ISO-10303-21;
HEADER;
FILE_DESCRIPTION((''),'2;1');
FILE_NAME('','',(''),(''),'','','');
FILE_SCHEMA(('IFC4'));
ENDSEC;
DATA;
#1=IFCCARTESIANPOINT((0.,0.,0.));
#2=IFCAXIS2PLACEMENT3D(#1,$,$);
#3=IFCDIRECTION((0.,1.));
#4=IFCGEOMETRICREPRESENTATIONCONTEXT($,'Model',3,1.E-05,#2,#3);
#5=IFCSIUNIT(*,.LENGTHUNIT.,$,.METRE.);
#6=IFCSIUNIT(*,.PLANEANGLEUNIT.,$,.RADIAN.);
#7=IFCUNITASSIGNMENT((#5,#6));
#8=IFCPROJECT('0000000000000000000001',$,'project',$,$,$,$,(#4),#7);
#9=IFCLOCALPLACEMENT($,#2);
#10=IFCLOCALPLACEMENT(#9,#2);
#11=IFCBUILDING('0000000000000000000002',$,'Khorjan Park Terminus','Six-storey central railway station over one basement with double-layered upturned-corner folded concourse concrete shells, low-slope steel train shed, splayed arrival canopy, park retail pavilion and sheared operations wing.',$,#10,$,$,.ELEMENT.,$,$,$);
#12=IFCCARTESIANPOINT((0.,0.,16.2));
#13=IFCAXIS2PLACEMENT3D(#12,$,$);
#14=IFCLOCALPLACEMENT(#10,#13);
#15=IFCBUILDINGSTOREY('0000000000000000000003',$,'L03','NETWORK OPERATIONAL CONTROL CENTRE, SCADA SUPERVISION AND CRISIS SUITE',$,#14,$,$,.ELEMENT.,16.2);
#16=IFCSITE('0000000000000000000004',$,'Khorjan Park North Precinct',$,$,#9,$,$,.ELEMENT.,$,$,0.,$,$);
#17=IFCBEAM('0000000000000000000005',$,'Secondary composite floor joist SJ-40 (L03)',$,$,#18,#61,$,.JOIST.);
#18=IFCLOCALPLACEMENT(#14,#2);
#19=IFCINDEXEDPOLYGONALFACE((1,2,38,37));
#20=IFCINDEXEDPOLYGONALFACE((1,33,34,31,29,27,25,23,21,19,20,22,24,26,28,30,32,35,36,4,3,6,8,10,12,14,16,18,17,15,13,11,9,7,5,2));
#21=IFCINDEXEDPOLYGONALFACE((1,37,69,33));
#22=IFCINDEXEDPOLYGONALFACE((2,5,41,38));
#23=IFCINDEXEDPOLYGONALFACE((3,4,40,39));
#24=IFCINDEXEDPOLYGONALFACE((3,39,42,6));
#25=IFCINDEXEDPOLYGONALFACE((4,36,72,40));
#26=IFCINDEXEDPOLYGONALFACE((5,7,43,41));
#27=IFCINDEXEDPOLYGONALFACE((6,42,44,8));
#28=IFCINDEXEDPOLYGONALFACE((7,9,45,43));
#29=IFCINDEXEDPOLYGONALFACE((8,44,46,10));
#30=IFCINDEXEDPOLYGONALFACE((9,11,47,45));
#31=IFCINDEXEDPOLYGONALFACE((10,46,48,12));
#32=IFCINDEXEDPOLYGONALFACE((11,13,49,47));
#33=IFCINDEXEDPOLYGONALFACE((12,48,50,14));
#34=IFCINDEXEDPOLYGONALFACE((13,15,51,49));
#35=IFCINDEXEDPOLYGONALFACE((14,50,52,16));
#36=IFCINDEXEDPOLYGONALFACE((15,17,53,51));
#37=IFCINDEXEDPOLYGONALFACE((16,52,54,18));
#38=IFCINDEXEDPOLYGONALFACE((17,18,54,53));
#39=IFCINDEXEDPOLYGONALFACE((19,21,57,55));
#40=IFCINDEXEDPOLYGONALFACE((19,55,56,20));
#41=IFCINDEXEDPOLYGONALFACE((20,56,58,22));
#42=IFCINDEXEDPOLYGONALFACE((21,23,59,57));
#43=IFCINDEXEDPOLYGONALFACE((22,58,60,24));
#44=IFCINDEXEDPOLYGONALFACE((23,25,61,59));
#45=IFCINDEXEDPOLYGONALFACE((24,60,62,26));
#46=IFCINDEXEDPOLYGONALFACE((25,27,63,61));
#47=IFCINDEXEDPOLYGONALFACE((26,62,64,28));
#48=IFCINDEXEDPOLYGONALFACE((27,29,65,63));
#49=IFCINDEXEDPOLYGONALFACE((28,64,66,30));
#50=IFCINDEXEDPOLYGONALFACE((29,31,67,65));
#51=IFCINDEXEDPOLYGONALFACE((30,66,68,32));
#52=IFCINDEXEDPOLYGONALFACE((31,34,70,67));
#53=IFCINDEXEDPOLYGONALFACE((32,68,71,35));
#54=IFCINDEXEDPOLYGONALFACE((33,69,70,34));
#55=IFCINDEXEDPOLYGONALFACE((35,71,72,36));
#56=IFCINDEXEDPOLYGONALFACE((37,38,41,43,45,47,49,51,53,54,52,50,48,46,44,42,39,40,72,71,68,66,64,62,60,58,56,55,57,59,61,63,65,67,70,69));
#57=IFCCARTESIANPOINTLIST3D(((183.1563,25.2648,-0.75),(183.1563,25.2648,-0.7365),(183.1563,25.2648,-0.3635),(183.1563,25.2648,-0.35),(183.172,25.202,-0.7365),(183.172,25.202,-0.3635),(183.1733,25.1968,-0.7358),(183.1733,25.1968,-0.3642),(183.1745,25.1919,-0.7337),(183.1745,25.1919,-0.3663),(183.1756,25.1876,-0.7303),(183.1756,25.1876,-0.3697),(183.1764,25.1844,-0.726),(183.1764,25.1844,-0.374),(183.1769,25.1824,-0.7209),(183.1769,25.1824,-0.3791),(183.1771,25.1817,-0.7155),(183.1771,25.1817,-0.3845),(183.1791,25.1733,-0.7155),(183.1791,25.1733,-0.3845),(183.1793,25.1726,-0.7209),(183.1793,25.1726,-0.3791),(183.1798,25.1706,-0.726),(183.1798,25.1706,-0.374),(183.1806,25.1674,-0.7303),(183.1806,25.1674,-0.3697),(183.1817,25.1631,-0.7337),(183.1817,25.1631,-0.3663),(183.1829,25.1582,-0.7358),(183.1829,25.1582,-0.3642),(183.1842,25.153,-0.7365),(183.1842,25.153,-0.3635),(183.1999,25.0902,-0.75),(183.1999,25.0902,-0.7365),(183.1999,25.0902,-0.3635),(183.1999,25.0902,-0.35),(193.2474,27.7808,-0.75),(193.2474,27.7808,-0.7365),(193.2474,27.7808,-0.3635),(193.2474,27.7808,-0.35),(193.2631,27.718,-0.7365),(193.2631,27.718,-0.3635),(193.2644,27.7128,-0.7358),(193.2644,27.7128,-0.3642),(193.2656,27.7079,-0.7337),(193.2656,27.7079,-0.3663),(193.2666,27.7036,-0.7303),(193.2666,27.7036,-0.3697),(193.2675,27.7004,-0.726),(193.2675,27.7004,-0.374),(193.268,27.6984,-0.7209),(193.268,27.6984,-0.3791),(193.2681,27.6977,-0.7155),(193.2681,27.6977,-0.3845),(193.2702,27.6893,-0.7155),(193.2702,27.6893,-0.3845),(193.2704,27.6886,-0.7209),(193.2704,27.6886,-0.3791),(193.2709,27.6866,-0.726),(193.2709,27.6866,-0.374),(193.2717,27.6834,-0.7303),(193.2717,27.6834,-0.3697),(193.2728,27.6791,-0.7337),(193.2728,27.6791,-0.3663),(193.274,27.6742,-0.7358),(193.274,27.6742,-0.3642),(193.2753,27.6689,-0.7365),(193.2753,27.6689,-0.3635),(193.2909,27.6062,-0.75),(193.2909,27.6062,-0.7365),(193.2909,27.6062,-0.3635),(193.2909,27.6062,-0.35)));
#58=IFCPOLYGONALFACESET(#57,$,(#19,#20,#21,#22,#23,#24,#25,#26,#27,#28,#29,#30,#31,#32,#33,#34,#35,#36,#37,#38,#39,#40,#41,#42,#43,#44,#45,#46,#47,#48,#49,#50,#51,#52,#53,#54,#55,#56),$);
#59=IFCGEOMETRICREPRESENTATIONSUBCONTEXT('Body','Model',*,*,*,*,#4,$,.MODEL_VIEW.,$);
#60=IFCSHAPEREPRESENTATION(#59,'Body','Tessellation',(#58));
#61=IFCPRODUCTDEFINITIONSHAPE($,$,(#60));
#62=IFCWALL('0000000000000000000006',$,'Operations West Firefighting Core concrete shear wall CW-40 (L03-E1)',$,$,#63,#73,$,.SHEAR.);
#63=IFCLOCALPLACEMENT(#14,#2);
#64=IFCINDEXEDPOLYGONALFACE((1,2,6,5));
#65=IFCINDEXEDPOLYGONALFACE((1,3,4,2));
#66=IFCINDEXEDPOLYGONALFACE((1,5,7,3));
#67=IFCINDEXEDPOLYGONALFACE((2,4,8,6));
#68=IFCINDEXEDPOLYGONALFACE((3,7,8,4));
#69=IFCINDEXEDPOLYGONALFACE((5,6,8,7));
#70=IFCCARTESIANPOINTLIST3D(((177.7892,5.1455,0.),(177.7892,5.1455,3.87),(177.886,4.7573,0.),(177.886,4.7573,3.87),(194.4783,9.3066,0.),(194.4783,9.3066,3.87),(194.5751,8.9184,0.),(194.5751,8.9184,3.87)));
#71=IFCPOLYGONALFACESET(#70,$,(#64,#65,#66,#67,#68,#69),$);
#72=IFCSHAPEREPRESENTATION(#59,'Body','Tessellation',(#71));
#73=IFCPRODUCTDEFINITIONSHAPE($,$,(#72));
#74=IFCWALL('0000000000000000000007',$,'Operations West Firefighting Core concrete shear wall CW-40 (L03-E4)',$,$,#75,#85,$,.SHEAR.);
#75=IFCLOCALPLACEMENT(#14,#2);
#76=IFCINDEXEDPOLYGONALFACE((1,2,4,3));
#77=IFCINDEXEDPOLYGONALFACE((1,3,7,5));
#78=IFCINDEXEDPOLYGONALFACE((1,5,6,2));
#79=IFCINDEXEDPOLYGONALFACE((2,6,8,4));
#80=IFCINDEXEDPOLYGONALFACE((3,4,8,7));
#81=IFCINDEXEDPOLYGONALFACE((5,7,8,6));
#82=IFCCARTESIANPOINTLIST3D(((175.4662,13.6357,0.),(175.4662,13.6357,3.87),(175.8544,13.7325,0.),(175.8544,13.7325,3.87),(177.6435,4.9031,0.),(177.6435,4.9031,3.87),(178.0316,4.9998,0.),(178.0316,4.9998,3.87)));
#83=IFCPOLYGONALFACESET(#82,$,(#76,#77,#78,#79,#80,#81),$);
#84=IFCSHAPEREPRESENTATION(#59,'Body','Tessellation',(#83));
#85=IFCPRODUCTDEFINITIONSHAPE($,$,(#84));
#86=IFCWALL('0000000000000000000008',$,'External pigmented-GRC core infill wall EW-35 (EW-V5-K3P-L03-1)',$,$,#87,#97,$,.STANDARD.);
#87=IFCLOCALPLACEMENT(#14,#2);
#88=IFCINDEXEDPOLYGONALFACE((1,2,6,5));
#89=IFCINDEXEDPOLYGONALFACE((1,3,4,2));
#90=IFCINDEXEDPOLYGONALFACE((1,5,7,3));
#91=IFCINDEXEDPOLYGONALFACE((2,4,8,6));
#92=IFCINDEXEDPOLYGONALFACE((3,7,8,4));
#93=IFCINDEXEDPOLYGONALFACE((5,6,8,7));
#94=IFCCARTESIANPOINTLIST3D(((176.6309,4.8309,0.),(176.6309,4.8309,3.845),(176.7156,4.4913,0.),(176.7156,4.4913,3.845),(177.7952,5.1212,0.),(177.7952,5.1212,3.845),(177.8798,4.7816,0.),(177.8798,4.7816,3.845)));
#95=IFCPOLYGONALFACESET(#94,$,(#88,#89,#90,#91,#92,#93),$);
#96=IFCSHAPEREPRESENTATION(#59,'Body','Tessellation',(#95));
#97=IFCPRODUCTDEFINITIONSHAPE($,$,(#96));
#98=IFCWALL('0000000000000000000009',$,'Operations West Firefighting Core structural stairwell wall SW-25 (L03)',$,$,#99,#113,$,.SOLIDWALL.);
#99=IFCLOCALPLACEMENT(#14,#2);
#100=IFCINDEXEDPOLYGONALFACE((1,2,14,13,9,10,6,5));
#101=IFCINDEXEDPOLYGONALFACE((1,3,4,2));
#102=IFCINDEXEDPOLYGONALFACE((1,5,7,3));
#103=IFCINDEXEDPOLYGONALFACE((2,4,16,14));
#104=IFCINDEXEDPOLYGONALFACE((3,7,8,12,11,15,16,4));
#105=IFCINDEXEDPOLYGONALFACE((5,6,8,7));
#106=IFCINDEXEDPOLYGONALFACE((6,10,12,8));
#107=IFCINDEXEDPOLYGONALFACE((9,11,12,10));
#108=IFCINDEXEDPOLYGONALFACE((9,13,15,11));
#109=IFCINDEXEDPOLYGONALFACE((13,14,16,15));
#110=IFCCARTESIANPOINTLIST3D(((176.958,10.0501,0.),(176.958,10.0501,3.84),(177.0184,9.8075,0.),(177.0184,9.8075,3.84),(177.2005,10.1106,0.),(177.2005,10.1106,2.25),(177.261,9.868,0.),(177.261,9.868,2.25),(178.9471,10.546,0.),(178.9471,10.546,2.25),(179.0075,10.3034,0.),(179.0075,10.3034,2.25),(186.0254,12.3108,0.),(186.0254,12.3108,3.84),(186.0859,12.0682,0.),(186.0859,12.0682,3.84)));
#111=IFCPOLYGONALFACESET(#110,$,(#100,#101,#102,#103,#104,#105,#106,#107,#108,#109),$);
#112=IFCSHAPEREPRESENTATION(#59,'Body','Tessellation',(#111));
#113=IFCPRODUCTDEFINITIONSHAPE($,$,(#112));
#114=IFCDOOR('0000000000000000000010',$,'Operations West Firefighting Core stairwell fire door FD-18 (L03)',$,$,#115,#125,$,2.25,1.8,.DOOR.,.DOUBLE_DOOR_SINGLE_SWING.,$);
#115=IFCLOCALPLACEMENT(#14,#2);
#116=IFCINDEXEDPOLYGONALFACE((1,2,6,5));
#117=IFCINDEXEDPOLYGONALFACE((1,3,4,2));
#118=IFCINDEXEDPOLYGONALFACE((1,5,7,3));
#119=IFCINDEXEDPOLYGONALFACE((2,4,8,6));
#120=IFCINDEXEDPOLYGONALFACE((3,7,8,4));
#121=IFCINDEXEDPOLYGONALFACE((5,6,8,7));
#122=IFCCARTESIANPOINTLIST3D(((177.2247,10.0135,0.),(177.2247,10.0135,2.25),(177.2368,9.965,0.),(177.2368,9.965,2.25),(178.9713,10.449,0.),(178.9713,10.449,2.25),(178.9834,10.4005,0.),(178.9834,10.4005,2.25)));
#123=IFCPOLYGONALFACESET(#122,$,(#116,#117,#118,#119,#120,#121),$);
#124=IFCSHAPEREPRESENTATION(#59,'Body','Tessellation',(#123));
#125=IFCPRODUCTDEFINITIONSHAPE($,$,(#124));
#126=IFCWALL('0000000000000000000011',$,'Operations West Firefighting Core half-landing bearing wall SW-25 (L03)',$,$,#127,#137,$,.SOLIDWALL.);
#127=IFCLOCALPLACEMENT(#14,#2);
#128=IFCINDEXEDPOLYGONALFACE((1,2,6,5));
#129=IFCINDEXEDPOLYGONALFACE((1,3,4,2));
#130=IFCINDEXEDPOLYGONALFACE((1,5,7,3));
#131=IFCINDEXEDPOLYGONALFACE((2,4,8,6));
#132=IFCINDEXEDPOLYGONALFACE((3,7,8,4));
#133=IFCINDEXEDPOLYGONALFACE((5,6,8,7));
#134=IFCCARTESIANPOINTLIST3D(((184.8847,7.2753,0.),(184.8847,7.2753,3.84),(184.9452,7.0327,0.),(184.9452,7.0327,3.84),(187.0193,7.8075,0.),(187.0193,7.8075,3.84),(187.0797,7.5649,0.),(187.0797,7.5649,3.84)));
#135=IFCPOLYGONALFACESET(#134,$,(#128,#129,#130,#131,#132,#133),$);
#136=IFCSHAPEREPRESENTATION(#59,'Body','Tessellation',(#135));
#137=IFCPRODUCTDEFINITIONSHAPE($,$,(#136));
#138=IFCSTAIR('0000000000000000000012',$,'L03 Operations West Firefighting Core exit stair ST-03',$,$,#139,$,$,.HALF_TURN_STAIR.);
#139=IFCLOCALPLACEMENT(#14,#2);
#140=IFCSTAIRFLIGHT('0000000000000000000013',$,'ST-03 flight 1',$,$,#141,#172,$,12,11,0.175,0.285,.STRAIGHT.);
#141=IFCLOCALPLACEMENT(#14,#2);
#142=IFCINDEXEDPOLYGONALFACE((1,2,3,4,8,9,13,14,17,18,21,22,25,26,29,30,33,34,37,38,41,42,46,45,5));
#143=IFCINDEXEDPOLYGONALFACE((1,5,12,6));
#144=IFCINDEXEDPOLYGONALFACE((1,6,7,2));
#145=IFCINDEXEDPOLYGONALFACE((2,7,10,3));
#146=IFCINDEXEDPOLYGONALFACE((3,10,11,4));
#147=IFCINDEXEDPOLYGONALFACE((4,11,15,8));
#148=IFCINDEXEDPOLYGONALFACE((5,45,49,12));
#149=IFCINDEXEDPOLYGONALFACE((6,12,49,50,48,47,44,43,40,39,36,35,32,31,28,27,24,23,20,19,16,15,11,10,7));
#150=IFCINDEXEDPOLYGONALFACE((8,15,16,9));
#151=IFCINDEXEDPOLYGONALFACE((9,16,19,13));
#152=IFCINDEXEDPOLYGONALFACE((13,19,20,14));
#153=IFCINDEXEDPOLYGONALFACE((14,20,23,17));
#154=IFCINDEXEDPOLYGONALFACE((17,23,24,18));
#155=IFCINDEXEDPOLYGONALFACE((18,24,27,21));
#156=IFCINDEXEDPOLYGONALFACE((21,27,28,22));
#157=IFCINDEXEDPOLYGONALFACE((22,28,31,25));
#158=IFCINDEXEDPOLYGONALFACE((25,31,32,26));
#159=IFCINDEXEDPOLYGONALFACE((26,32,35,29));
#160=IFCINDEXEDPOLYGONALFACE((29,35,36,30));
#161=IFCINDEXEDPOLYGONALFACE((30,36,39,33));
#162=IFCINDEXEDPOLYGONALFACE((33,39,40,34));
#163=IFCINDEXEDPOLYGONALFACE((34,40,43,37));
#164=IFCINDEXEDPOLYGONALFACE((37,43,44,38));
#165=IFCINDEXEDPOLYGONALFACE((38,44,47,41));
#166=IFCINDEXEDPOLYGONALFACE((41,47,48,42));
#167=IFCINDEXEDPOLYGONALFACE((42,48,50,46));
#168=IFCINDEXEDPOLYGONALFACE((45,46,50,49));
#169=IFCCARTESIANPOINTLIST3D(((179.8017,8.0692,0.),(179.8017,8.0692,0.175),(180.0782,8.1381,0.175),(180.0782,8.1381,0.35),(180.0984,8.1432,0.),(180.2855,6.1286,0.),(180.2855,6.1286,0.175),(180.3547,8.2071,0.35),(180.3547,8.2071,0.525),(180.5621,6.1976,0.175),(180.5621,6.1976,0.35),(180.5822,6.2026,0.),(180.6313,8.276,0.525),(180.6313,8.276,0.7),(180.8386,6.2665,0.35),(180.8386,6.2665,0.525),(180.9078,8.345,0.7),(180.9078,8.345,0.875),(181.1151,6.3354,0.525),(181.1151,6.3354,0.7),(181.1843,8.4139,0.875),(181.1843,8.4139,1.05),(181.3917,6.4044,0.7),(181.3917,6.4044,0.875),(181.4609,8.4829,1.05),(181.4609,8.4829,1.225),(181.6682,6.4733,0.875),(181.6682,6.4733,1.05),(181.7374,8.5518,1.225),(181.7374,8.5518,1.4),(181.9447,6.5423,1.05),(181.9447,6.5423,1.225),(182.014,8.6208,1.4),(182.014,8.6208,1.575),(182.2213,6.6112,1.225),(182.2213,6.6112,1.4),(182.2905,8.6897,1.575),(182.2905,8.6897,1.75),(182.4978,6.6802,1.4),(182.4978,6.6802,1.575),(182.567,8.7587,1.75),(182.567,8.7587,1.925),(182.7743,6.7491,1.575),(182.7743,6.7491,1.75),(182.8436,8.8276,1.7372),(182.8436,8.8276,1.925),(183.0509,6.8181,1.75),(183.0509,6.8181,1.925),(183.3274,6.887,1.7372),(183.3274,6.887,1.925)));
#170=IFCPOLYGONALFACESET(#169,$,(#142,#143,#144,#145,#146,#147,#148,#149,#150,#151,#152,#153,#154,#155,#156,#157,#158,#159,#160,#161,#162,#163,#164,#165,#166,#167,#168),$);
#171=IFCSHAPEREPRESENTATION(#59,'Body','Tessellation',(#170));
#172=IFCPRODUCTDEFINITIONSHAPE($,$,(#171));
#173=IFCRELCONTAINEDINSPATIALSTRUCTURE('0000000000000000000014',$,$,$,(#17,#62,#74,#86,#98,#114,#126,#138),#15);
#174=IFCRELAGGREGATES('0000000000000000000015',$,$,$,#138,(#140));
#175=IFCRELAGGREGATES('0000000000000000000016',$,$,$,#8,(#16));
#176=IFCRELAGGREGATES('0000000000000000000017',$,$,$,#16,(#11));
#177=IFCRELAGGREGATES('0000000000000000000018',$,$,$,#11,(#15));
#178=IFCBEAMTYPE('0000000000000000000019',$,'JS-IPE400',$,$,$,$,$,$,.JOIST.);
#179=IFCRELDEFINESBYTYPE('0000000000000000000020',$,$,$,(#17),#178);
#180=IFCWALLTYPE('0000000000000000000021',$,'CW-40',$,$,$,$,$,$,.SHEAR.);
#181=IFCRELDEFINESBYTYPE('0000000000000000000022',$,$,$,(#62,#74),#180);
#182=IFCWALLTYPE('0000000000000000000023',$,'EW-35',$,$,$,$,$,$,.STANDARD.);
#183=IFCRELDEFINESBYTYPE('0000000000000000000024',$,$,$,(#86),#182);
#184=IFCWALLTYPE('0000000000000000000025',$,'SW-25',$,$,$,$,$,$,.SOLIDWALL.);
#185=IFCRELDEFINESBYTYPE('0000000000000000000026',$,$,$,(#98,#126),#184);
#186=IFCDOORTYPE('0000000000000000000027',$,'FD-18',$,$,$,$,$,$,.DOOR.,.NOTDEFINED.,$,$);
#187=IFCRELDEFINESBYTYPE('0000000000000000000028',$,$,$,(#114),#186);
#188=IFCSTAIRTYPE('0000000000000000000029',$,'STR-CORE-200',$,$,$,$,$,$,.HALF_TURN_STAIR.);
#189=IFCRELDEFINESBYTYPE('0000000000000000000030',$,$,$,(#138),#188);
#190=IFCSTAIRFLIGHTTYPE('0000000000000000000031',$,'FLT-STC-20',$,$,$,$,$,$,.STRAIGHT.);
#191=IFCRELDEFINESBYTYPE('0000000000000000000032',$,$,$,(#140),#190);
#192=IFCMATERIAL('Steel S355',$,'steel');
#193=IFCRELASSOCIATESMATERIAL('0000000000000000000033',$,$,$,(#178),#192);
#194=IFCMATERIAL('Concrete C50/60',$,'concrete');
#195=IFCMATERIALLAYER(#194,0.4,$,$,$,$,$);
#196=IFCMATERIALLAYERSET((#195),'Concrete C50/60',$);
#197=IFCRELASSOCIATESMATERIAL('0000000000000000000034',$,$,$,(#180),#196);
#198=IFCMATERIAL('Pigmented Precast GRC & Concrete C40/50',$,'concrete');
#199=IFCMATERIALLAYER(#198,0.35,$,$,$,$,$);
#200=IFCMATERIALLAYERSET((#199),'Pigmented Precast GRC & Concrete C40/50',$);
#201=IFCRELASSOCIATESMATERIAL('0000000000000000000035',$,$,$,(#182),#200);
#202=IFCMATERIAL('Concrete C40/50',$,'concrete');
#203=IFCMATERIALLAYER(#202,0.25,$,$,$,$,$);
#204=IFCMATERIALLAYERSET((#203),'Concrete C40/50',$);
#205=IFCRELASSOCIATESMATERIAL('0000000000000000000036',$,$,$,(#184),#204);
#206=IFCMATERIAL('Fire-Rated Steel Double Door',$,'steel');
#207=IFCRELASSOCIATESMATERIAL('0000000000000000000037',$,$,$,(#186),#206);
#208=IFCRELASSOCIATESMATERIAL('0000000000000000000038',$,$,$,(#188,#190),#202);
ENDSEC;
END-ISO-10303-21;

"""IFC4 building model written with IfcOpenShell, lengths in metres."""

from ifc_helpers import new_model, si_unit, direction, frame, frame_2d, origin, origin_2d, place, context, subcontext, project, spatial, polyline, rectangle, i_section, outline, extrude, material, layer, layer_set, material_profile, profile_set, type_object, element, fill, aggregate, save


model = new_model("IFC4")

# Units and contexts
model_context = context("Model", 3, precision=1e-05, world=origin(), true_north=direction((0.0, 1.0)))
body_context = subcontext(model_context, "Body", "Model", "MODEL_VIEW")
ifc_project = project(units=[si_unit("LENGTHUNIT", "METRE"), si_unit("PLANEANGLEUNIT", "RADIAN")], contexts=[model_context])

# Site, building, storey
site_placement = place(None, origin())
site = spatial("IfcSite", under=ifc_project, at=site_placement, Name="Khorjan Park North Precinct", CompositionType="ELEMENT", RefElevation=0.0)
building_placement = place(site_placement, origin())
building = spatial("IfcBuilding", under=site, at=building_placement, Name="Khorjan Park Terminus", Description="Six-storey central railway station over one basement with double-layered upturned-corner folded concourse concrete shells, low-slope steel train shed, splayed arrival canopy, park retail pavilion and sheared operations wing.", CompositionType="ELEMENT")
storey_placement = place(building_placement, frame((0.0, 0.0, 16.2)))
storey = spatial("IfcBuildingStorey", under=building, at=storey_placement, Name="L03", Description="NETWORK OPERATIONAL CONTROL CENTRE, SCADA SUPERVISION AND CRISIS SUITE", CompositionType="ELEMENT", Elevation=16.2)

# Shared definitions
ifc_material_1 = material(Name="Concrete C50/60", Category="concrete")

# Beam
ifc_material_2 = material(Name="Steel S355", Category="steel")
ifc_material_3 = material(Name="Concrete C40/50", Category="concrete")
ifc_material_profile_1 = material_profile(ifc_material_2, i_section(OverallWidth=0.18, OverallDepth=0.4, WebThickness=0.0086, FlangeThickness=0.0135, FilletRadius=0.021, at=origin_2d()), Name="IPE 400")
ifc_profile_set_1 = profile_set([ifc_material_profile_1], Name="Steel S355")
beam_type_1 = type_object("IfcBeamType", Name="JS-IPE400", PredefinedType="JOIST", material=ifc_profile_set_1)
beam_1_placement = place(storey_placement, frame((183.1781, 25.1775, -0.55), z_axis=(0.970296, 0.241922, 0.0), x_axis=(-0.241922, 0.970296, 0.0)))
element("IfcBeam", 1, at=beam_1_placement, inside=storey, type_object=beam_type_1, Name="Secondary composite floor joist SJ-40 (L03)", PredefinedType="JOIST", context=body_context, shape_type="SweptSolid", body=[
    extrude(i_section(OverallWidth=0.18, OverallDepth=0.4, WebThickness=0.0086, FlangeThickness=0.0135, FilletRadius=0.021, at=origin_2d()), origin(), (0.0, 0.0, 1.0), 10.4),
])

# Walls
ifc_layer_1 = layer(ifc_material_1, 0.4)
ifc_layer_set_1 = layer_set([ifc_layer_1], Name="Concrete C50/60")
wall_type_1 = type_object("IfcWallType", Name="CW-40", PredefinedType="SHEAR", material=ifc_layer_set_1)
wall_1_placement = place(storey_placement, frame((177.8376, 4.9514, 0.0), z_axis=(0.0, 0.0, 1.0), x_axis=(0.970295, 0.241924, 0.0)))
element("IfcWall", 2, at=wall_1_placement, inside=storey, type_object=wall_type_1, Name="Operations West Firefighting Core concrete shear wall CW-40 (L03-E1)", PredefinedType="SHEAR", context=body_context, shape_type="SweptSolid", body=[
    extrude(rectangle(XDim=17.2, YDim=0.4, at=frame_2d((8.6, 0.0))), origin(), (0.0, 0.0, 1.0), 3.87),
])
wall_2_placement = place(storey_placement, frame((175.6603, 13.6841, 0.0), z_axis=(0.0, 0.0, 1.0), x_axis=(0.241921, -0.970296, 0.0)))
element("IfcWall", 3, at=wall_2_placement, inside=storey, type_object=wall_type_1, Name="Operations West Firefighting Core concrete shear wall CW-40 (L03-E4)", PredefinedType="SHEAR", context=body_context, shape_type="SweptSolid", body=[
    extrude(rectangle(XDim=9.0, YDim=0.4, at=frame_2d((4.5, 0.0))), origin(), (0.0, 0.0, 1.0), 3.87),
])
ifc_material_4 = material(Name="Pigmented Precast GRC & Concrete C40/50", Category="concrete")
ifc_layer_2 = layer(ifc_material_4, 0.35)
ifc_layer_set_2 = layer_set([ifc_layer_2], Name="Pigmented Precast GRC & Concrete C40/50")
wall_type_2 = type_object("IfcWallType", Name="EW-35", PredefinedType="STANDARD", material=ifc_layer_set_2)
wall_3_placement = place(storey_placement, frame((176.6733, 4.6611, 0.0), z_axis=(0.0, 0.0, 1.0), x_axis=(0.970294, 0.241928, 0.0)))
element("IfcWall", 4, at=wall_3_placement, inside=storey, type_object=wall_type_2, Name="External pigmented-GRC core infill wall EW-35 (EW-V5-K3P-L03-1)", PredefinedType="STANDARD", context=body_context, shape_type="SweptSolid", body=[
    extrude(rectangle(XDim=1.1999, YDim=0.35, at=frame_2d((0.5999, 0.0))), origin(), (0.0, 0.0, 1.0), 3.845),
])

# Wall, opening, door
ifc_layer_3 = layer(ifc_material_3, 0.25)
ifc_layer_set_3 = layer_set([ifc_layer_3], Name="Concrete C40/50")
wall_type_3 = type_object("IfcWallType", Name="SW-25", PredefinedType="SOLIDWALL", material=ifc_layer_set_3)
wall_4_placement = place(storey_placement, frame((176.9882, 9.9288, 0.0), z_axis=(0.0, 0.0, 1.0), x_axis=(0.970297, 0.241916, 0.0)))
wall_4 = element("IfcWall", 5, at=wall_4_placement, inside=storey, type_object=wall_type_3, Name="Operations West Firefighting Core structural stairwell wall SW-25 (L03)", PredefinedType="SOLIDWALL", context=body_context, shape_type="SweptSolid", body=[
    extrude(rectangle(XDim=9.345, YDim=0.25, at=frame_2d((4.6725, 0.0))), origin(), (0.0, 0.0, 1.0), 3.84),
])
opening_placement = place(wall_4_placement, frame((0.25, 0.0, 0.0)))
opening = element("IfcOpeningElement", 6, at=opening_placement, cuts=wall_4, PredefinedType="OPENING", context=body_context, shape_type="SweptSolid", body=[
    extrude(rectangle(XDim=1.8, YDim=2.25, at=frame_2d((0.9, 1.125))), frame((0.0, 0.135, 0.0), z_axis=(0.0, -1.0, 0.0), x_axis=(1.0, 0.0, 0.0)), (0.0, 0.0, 1.0), 0.27),
])
ifc_material_5 = material(Name="Fire-Rated Steel Double Door", Category="steel")
door_type = type_object("IfcDoorType", Name="FD-18", OperationType="NOTDEFINED", PredefinedType="DOOR", material=ifc_material_5)
door_placement = place(opening_placement, origin())
door = element("IfcDoor", 7, at=door_placement, inside=storey, type_object=door_type, Name="Operations West Firefighting Core stairwell fire door FD-18 (L03)", OperationType="DOUBLE_DOOR_SINGLE_SWING", OverallHeight=2.25, OverallWidth=1.8, PredefinedType="DOOR", context=body_context, shape_type="SweptSolid", body=[
    extrude(rectangle(XDim=1.8, YDim=2.25, at=frame_2d((0.9, 1.125))), frame((0.0, 0.025, 0.0), z_axis=(0.0, -1.0, 0.0), x_axis=(1.0, 0.0, 0.0)), (0.0, 0.0, 1.0), 0.05),
])
fill(opening, door)

# Wall
wall_5_placement = place(storey_placement, frame((184.915, 7.154, 0.0), z_axis=(0.0, 0.0, 1.0), x_axis=(0.970297, 0.241915, 0.0)))
element("IfcWall", 8, at=wall_5_placement, inside=storey, type_object=wall_type_3, Name="Operations West Firefighting Core half-landing bearing wall SW-25 (L03)", PredefinedType="SOLIDWALL", context=body_context, shape_type="SweptSolid", body=[
    extrude(rectangle(XDim=2.1999, YDim=0.25, at=frame_2d((1.0999, 0.0))), origin(), (0.0, 0.0, 1.0), 3.84),
])

# Stair, stair flight
stair_type = type_object("IfcStairType", Name="STR-CORE-200", PredefinedType="HALF_TURN_STAIR", material=ifc_material_3)
stair_placement = place(storey_placement, origin())
stair = element("IfcStair", 9, at=stair_placement, inside=storey, type_object=stair_type, Name="L03 Operations West Firefighting Core exit stair ST-03", PredefinedType="HALF_TURN_STAIR")
stair_flight_type = type_object("IfcStairFlightType", Name="FLT-STC-20", PredefinedType="STRAIGHT", material=ifc_material_3)
stair_flight_1_placement = place(storey_placement, frame((180.0436, 7.0989, 0.0), z_axis=(0.0, 0.0, 1.0), x_axis=(0.970296, 0.241922, 0.0)))
stair_flight_1 = element("IfcStairFlight", 10, at=stair_flight_1_placement, type_object=stair_flight_type, Name="ST-03 flight 1", NumberOfRisers=12, NumberOfTreads=11, PredefinedType="STRAIGHT", RiserHeight=0.175, TreadLength=0.285, context=body_context, shape_type="SweptSolid", body=[
    extrude(outline(polyline([(0.0, 0.0), (0.0, 0.175), (0.285, 0.175), (0.285, 0.35), (0.57, 0.35), (0.57, 0.525), (0.855, 0.525), (0.855, 0.7), (1.14, 0.7), (1.14, 0.875), (1.425, 0.875), (1.425, 1.05), (1.71, 1.05), (1.71, 1.225), (1.995, 1.225), (1.995, 1.4), (2.28, 1.4), (2.28, 1.575), (2.565, 1.575), (2.565, 1.75), (2.85, 1.75), (2.85, 1.925), (3.135, 1.925), (3.135, 2.1), (3.135, 1.7372), (0.3058, 0.0), (0.0, 0.0)])), frame((0.0, 1.0, 0.0), z_axis=(0.0, -1.0, 0.0), x_axis=(1.0, 0.0, 0.0)), (0.0, 0.0, 1.0), 2.0),
])
aggregate(stair, [stair_flight_1])

save(model, "model.ifc")
